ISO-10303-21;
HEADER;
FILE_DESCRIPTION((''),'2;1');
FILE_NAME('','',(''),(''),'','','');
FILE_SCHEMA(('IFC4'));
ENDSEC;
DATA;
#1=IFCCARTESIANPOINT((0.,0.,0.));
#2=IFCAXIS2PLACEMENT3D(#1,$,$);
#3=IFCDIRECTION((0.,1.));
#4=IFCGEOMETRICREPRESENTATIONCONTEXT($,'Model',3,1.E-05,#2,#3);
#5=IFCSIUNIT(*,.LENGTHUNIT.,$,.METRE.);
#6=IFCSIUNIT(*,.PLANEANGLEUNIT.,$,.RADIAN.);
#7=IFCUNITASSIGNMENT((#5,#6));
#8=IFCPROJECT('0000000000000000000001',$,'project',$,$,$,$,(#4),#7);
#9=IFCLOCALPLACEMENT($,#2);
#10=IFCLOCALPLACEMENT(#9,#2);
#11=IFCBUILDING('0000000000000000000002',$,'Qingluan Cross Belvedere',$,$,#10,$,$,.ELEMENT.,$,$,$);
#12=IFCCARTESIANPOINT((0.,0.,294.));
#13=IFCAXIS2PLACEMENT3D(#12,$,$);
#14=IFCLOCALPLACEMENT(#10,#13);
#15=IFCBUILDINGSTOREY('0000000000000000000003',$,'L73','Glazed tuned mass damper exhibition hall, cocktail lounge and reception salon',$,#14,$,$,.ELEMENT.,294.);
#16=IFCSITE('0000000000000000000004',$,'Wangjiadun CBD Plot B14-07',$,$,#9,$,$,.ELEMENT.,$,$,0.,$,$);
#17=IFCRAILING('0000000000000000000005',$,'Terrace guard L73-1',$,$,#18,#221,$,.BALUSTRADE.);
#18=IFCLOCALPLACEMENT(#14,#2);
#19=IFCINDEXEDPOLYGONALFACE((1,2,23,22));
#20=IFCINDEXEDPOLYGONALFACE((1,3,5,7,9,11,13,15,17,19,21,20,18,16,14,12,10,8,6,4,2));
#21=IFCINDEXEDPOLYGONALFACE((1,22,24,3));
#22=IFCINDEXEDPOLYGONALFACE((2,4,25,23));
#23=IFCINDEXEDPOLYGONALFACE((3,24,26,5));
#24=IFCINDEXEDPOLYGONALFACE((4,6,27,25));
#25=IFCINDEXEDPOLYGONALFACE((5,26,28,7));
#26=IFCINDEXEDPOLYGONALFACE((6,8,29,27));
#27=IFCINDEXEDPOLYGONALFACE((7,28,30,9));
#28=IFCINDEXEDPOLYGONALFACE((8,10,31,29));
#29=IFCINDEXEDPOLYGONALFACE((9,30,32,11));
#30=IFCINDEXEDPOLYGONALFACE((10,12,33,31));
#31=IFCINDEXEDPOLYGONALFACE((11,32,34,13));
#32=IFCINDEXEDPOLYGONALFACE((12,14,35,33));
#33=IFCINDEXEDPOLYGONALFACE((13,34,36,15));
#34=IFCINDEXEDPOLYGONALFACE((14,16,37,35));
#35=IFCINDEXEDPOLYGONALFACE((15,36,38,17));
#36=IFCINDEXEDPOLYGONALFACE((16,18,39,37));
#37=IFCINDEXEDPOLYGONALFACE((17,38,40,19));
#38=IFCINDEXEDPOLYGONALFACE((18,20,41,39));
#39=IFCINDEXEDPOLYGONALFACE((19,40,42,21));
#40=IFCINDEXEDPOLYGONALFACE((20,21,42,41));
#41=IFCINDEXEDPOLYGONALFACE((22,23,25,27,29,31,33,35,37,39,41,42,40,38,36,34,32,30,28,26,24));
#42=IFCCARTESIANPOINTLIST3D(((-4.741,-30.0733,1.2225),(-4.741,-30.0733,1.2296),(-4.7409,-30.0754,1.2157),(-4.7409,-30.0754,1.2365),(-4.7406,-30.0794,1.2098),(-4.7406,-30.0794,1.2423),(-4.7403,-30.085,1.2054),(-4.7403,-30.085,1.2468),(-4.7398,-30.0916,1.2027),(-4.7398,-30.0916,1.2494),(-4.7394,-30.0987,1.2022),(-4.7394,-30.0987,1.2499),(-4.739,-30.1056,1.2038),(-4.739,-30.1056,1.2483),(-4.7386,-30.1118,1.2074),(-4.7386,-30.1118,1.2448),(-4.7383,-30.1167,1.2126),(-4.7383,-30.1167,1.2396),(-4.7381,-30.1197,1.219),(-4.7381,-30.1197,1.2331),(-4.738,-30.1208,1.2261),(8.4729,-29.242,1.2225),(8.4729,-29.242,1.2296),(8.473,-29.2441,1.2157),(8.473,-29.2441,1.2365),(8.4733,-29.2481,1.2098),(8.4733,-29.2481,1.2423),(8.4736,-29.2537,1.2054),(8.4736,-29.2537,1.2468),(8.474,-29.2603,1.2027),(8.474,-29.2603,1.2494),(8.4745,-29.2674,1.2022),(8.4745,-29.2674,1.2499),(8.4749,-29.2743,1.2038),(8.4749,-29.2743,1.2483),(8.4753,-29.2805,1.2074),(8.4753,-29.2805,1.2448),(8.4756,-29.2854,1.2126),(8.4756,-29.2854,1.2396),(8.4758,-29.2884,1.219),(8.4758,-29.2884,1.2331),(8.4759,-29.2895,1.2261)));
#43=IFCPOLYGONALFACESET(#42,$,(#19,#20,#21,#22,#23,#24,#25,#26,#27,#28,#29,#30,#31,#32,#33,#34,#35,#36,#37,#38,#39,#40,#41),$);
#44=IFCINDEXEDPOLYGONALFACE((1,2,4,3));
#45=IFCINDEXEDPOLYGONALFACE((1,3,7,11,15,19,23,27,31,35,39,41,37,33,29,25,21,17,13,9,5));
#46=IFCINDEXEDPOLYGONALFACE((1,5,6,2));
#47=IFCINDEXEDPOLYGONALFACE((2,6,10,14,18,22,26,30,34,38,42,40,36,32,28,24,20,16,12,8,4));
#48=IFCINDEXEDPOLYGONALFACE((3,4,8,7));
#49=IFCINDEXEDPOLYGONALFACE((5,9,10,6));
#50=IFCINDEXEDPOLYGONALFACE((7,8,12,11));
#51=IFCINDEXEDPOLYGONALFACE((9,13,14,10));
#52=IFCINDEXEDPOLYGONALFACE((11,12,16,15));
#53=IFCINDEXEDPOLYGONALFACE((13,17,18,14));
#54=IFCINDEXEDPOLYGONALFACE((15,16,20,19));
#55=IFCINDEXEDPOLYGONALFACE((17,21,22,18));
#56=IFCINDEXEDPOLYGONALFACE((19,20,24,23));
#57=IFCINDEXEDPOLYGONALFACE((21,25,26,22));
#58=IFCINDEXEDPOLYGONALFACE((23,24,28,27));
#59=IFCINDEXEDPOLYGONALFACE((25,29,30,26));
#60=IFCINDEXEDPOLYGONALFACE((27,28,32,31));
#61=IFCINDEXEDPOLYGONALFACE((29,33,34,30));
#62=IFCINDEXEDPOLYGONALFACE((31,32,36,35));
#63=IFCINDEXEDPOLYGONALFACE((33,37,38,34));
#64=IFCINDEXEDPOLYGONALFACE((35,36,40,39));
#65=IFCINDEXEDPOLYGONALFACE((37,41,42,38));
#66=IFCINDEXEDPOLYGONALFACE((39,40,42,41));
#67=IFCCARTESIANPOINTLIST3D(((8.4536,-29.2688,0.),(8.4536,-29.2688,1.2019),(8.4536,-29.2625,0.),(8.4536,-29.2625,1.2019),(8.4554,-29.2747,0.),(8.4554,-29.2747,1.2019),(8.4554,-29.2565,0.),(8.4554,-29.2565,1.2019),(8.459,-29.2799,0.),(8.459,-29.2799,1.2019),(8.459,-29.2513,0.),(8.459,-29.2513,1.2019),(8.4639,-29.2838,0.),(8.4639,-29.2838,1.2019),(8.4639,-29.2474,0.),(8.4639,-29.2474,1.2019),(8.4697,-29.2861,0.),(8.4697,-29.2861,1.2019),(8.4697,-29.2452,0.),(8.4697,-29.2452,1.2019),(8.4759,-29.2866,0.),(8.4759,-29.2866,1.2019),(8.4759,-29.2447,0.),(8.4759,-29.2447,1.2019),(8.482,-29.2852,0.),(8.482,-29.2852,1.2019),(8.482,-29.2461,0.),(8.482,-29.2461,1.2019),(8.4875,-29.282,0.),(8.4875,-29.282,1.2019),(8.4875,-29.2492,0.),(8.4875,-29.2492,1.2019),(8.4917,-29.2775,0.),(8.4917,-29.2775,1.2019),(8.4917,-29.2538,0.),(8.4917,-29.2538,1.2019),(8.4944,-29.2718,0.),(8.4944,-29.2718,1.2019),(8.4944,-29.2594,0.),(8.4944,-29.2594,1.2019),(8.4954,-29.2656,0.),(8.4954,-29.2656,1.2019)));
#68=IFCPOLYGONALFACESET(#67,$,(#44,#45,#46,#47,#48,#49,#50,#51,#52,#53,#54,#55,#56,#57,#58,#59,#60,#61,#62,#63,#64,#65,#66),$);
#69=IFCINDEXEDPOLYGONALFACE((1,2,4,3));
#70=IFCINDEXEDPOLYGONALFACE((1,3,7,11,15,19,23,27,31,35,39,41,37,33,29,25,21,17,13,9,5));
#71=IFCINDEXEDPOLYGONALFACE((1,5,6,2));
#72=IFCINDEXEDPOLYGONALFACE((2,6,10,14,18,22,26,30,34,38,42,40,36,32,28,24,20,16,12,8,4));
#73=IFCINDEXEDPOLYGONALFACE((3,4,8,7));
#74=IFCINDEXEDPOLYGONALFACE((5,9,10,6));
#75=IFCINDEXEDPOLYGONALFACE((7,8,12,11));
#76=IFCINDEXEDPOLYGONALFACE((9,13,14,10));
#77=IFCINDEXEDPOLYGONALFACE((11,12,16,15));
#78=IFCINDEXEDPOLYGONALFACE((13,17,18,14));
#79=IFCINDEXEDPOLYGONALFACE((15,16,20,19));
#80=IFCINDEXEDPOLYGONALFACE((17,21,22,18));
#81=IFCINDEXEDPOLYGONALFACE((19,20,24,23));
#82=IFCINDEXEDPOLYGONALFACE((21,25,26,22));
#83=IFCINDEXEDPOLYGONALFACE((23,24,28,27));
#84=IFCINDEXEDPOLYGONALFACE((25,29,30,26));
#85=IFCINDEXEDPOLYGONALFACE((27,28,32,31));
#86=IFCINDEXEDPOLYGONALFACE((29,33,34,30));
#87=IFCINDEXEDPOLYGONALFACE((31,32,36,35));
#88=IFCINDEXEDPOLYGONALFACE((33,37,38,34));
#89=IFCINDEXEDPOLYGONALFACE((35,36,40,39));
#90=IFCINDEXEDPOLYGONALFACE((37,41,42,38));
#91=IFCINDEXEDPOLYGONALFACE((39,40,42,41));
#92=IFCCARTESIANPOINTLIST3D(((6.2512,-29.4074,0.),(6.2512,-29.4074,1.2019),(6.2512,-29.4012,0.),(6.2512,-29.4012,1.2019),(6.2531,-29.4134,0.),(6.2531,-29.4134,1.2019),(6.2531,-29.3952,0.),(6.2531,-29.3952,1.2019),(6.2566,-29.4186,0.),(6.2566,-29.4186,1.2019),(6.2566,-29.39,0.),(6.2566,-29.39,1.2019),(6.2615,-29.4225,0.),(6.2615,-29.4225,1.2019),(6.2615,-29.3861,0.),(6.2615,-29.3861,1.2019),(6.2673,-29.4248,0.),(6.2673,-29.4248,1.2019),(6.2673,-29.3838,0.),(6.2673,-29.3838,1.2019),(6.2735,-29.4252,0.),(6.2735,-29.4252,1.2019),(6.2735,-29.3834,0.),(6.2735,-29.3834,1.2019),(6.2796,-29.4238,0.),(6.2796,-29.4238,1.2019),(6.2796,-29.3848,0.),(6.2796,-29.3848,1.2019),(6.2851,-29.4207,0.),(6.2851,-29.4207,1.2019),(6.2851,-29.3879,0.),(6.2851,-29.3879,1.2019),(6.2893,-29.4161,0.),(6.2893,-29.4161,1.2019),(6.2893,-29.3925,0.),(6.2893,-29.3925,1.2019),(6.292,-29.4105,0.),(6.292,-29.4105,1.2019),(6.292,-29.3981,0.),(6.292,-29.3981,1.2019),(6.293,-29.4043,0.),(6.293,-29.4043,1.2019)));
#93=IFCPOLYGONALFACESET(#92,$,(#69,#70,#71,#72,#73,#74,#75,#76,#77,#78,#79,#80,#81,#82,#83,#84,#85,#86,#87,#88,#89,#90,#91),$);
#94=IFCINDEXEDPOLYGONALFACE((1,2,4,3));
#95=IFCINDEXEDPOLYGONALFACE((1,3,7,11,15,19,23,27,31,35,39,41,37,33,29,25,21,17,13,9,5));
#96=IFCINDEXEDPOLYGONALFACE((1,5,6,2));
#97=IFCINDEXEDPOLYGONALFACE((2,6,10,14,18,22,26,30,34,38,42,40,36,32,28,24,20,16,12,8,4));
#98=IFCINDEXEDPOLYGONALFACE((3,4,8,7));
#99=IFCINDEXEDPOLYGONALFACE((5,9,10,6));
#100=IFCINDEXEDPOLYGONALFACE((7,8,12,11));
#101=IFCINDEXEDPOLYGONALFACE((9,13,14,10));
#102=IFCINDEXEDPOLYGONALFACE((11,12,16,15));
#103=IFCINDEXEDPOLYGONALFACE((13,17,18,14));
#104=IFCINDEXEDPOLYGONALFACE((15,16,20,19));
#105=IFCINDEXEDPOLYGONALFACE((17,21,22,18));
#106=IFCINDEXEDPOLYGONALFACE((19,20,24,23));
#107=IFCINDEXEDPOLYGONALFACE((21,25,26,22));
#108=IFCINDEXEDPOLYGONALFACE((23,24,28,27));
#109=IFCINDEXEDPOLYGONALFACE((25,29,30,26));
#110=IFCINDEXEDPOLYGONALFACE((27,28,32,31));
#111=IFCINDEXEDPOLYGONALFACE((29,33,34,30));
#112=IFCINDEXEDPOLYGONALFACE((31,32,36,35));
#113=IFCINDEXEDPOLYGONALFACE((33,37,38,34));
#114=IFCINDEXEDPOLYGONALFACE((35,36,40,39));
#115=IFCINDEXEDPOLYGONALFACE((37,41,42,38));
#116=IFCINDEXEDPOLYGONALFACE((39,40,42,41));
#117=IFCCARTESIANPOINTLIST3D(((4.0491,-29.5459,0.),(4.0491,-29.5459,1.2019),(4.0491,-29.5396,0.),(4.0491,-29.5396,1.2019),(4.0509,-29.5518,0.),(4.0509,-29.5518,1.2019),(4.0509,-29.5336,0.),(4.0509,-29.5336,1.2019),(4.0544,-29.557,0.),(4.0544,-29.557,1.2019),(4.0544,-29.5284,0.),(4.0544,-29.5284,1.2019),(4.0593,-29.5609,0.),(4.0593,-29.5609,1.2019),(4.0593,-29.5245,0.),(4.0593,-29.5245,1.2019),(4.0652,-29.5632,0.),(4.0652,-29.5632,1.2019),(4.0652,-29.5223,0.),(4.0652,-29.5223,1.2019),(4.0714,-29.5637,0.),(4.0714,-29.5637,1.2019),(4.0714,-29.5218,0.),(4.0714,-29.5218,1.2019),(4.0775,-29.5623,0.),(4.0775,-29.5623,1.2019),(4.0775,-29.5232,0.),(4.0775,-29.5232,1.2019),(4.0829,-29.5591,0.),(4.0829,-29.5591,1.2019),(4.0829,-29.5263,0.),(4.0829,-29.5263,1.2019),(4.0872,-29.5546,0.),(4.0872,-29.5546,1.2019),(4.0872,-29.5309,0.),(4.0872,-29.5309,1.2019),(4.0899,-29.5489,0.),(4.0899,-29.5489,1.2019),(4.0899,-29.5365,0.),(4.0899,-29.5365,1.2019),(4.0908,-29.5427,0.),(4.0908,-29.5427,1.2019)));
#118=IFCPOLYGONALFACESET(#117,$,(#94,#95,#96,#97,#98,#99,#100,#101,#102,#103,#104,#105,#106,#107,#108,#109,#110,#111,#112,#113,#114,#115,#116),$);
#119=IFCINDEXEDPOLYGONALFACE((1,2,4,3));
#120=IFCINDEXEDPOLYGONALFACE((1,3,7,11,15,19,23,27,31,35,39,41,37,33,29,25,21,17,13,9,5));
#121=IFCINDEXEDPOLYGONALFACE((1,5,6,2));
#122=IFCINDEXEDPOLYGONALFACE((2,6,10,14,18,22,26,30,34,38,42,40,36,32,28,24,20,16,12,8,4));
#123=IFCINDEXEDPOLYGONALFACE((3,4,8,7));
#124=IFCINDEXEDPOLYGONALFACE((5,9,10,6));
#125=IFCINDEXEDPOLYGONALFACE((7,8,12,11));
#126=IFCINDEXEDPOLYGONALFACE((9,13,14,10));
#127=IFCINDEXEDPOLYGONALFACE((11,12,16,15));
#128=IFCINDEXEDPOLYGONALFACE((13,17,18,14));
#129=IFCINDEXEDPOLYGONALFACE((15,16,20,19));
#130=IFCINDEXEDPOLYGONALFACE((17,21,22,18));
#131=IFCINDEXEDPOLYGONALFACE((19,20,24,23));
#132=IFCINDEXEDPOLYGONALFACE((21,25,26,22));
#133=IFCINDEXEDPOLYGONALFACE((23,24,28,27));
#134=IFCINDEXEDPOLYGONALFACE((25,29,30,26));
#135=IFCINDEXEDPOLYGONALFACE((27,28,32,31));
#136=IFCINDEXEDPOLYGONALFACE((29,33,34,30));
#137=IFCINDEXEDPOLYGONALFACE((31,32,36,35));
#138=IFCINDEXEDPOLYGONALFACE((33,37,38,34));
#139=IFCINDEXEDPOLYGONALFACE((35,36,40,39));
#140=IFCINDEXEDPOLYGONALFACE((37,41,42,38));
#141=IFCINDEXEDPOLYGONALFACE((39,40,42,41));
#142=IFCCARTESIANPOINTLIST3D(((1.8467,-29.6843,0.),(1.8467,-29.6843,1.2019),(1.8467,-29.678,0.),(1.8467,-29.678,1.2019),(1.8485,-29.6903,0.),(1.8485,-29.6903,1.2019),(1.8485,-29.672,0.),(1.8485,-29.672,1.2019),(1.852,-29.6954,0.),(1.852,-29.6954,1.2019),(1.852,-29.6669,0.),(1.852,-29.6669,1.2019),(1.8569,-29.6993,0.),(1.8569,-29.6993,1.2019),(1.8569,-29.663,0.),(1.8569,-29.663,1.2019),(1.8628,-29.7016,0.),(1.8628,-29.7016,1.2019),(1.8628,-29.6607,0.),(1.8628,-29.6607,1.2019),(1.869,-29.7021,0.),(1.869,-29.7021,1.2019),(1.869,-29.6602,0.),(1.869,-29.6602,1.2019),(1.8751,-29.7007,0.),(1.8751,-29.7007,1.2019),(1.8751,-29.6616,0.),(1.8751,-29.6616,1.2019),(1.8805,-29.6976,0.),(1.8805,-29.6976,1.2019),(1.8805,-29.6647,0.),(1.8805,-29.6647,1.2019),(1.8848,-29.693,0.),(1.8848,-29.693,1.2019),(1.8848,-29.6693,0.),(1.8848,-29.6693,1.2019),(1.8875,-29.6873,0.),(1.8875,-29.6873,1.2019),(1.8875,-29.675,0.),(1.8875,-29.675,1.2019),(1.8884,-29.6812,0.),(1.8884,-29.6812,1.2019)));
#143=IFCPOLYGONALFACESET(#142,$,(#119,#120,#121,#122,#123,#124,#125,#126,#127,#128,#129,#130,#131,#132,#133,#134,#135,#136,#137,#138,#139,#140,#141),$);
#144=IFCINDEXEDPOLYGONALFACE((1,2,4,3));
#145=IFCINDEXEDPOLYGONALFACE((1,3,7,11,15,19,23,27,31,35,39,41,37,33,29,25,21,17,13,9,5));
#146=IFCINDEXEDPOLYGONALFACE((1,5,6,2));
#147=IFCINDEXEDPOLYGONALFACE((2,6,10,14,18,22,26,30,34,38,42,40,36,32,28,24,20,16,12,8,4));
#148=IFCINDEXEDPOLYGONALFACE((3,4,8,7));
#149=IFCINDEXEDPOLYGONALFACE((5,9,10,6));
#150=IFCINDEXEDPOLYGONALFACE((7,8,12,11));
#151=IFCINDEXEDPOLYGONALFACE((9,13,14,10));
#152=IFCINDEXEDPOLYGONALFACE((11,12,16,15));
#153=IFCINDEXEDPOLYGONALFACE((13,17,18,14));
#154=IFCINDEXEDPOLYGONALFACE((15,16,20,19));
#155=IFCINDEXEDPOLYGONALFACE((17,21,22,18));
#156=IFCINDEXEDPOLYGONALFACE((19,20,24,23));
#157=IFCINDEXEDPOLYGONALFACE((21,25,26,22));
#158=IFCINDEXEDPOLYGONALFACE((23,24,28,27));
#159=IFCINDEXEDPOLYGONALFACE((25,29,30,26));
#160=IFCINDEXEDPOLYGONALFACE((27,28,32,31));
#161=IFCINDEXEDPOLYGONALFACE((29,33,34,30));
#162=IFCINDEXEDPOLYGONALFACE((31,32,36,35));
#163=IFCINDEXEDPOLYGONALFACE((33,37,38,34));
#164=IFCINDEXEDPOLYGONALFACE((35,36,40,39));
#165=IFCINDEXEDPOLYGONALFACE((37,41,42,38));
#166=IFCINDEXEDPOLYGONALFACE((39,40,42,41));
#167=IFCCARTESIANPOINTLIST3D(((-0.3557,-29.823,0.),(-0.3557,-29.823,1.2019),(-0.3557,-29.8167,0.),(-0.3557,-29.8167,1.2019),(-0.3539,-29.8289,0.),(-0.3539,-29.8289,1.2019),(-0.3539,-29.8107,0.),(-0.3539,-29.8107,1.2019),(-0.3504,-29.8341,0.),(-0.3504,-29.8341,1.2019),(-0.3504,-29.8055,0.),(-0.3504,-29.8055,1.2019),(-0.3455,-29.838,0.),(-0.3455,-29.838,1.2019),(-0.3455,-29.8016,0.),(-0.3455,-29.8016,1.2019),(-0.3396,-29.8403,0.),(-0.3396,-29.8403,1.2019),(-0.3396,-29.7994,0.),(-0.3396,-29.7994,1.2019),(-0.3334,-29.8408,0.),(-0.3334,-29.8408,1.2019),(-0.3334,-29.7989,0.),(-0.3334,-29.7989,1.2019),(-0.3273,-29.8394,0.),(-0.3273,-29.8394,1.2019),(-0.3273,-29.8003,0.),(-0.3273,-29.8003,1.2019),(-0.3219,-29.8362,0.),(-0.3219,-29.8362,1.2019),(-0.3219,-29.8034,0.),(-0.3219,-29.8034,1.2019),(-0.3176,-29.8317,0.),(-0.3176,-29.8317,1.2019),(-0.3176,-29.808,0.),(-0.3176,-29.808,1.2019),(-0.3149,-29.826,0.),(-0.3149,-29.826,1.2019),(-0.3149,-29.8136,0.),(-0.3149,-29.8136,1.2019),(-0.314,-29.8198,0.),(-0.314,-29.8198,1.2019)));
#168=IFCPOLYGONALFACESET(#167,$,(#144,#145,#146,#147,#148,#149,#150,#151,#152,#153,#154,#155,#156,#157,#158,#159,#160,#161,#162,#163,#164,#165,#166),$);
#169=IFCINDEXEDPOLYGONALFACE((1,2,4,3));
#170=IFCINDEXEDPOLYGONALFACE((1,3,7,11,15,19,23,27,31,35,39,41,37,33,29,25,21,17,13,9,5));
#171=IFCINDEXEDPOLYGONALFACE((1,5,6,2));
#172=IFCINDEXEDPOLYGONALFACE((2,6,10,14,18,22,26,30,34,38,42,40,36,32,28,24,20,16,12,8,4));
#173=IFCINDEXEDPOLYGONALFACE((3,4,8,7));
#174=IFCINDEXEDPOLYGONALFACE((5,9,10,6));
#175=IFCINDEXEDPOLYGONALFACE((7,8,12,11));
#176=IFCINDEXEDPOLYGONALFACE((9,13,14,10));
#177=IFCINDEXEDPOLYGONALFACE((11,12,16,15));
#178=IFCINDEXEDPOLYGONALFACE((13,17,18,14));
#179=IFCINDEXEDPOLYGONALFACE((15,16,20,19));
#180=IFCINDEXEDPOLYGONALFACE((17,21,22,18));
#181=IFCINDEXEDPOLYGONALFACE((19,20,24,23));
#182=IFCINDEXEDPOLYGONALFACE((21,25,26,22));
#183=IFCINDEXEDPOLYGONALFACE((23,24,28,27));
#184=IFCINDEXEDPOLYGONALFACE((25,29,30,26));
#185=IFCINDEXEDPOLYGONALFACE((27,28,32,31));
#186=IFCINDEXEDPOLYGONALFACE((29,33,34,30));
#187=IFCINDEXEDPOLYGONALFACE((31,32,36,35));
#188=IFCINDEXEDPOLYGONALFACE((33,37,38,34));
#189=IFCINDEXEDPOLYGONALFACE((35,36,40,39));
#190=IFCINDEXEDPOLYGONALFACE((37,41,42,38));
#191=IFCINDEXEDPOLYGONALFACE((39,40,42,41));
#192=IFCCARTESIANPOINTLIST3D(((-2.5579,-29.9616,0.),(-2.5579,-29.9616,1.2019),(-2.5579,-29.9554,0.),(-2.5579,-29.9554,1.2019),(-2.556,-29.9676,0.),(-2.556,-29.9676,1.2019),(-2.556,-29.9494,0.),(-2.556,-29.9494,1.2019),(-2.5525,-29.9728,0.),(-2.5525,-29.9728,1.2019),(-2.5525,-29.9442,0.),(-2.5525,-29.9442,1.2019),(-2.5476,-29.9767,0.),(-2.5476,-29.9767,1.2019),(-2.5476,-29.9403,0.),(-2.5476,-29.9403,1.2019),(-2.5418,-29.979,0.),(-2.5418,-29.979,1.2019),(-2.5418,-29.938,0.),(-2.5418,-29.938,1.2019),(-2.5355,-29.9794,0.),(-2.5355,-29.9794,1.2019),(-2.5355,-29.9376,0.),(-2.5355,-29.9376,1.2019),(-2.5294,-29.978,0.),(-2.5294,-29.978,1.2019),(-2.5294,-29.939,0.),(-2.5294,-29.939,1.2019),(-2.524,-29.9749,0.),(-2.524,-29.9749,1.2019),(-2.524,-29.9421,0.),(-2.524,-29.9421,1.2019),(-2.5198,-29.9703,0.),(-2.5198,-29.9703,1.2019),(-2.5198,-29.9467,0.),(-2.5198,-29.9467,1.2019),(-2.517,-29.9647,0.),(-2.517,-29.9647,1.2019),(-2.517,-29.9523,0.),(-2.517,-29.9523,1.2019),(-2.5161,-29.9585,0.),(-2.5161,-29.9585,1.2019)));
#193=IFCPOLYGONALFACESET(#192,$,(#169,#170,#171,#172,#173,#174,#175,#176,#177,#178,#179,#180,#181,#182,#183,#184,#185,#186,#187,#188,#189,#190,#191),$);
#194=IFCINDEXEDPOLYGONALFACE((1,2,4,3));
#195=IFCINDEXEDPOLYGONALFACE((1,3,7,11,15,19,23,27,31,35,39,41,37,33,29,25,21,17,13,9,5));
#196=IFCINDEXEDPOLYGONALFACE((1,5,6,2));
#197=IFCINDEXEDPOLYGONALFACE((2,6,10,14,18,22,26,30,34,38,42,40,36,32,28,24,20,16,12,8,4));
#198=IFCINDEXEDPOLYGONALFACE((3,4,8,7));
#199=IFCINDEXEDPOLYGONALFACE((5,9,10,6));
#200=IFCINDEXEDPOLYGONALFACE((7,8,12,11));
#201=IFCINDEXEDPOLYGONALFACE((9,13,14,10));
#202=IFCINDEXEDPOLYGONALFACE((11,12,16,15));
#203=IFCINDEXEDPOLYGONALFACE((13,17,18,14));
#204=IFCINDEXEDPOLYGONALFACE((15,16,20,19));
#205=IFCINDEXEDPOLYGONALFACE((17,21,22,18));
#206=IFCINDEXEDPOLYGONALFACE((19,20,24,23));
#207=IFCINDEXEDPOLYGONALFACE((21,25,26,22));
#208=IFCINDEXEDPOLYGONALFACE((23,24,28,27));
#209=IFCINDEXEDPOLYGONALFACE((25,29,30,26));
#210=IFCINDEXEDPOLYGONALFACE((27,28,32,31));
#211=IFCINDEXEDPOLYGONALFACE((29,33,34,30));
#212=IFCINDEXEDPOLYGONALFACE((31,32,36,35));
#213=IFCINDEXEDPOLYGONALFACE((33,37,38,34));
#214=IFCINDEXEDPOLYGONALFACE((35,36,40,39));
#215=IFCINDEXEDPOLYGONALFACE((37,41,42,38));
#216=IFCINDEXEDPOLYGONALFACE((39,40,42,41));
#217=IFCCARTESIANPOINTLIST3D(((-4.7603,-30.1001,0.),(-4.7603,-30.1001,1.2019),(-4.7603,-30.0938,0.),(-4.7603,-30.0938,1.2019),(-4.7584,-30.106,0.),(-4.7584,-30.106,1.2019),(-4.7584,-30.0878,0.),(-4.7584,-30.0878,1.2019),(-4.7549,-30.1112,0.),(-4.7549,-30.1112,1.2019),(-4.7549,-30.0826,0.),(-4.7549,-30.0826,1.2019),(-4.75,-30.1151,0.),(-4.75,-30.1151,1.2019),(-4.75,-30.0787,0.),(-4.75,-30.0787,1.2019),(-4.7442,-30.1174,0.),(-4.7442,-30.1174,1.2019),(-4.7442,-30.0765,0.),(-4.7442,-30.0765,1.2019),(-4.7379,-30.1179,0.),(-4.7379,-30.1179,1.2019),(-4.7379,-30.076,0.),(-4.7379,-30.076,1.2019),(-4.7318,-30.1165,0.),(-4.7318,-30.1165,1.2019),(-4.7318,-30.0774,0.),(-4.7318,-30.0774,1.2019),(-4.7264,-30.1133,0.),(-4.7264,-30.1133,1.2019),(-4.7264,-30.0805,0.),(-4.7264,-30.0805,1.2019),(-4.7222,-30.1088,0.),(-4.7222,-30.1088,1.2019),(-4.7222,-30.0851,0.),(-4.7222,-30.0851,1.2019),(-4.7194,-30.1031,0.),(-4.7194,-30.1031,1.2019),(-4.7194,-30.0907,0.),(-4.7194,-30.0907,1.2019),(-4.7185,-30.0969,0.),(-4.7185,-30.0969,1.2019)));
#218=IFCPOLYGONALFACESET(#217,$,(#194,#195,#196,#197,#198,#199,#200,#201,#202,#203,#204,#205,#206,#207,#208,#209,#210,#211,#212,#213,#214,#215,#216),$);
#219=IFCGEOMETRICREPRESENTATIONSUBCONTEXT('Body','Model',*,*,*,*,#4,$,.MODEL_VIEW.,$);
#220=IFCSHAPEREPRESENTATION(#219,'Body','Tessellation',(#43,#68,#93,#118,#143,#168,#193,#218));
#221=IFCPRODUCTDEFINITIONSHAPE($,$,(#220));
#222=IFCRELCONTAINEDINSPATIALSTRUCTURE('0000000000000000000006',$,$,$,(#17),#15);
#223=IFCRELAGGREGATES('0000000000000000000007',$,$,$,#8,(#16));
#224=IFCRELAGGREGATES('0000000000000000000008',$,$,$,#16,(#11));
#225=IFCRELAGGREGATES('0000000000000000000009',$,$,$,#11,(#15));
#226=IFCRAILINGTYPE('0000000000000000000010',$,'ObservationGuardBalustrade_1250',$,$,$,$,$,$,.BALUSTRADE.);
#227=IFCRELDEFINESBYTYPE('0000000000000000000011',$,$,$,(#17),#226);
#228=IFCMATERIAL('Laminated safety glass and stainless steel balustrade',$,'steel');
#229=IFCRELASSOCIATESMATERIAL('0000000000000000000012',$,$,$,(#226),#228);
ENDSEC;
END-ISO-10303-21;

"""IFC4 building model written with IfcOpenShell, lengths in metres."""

from ifc_helpers import new_model, si_unit, direction, frame, origin, origin_2d, place, context, subcontext, project, spatial, circle, extrude, material, type_object, element, save


model = new_model("IFC4")

# Units and contexts
model_context = context("Model", 3, precision=1e-05, world=origin(), true_north=direction((0.0, 1.0)))
body_context = subcontext(model_context, "Body", "Model", "MODEL_VIEW")
ifc_project = project(units=[si_unit("LENGTHUNIT", "METRE"), si_unit("PLANEANGLEUNIT", "RADIAN")], contexts=[model_context])

# Site, building, storey
site_placement = place(None, origin())
site = spatial("IfcSite", under=ifc_project, at=site_placement, Name="Wangjiadun CBD Plot B14-07", CompositionType="ELEMENT", RefElevation=0.0)
building_placement = place(site_placement, origin())
building = spatial("IfcBuilding", under=site, at=building_placement, Name="Qingluan Cross Belvedere", CompositionType="ELEMENT")
storey_placement = place(building_placement, frame((0.0, 0.0, 294.0)))
storey = spatial("IfcBuildingStorey", under=building, at=storey_placement, Name="L73", Description="Glazed tuned mass damper exhibition hall, cocktail lounge and reception salon", CompositionType="ELEMENT", Elevation=294.0)

# Railing
ifc_material_1 = material(Name="Laminated safety glass and stainless steel balustrade", Category="steel")
railing_type = type_object("IfcRailingType", Name="ObservationGuardBalustrade_1250", PredefinedType="BALUSTRADE", material=ifc_material_1)
railing_placement = place(storey_placement, frame((8.4744, -29.2656, 0.0)))
element("IfcRailing", 1, at=railing_placement, inside=storey, type_object=railing_type, Name="Terrace guard L73-1", PredefinedType="BALUSTRADE", context=body_context, shape_type="SweptSolid", body=[
    extrude(circle(Radius=0.0239, at=origin_2d()), frame((0.0, 0.0, 1.2261), z_axis=(-0.998027, -0.062787, 0.0), x_axis=(0.062787, -0.998027, 0.0)), (0.0, 0.0, 1.0), 13.24),
    extrude(circle(Radius=0.021, at=origin_2d()), origin(), (0.0, 0.0, 1.0), 1.2019),
    extrude(circle(Radius=0.021, at=origin_2d()), frame((-2.2024, -0.1387, 0.0)), (0.0, 0.0, 1.0), 1.2019),
    extrude(circle(Radius=0.021, at=origin_2d()), frame((-4.4045, -0.2771, 0.0)), (0.0, 0.0, 1.0), 1.2019),
    extrude(circle(Radius=0.021, at=origin_2d()), frame((-6.6069, -0.4155, 0.0)), (0.0, 0.0, 1.0), 1.2019),
    extrude(circle(Radius=0.021, at=origin_2d()), frame((-8.8093, -0.5542, 0.0)), (0.0, 0.0, 1.0), 1.2019),
    extrude(circle(Radius=0.021, at=origin_2d()), frame((-11.0115, -0.6929, 0.0)), (0.0, 0.0, 1.0), 1.2019),
    extrude(circle(Radius=0.021, at=origin_2d()), frame((-13.2139, -0.8313, 0.0)), (0.0, 0.0, 1.0), 1.2019),
])

save(model, "model.ifc")
